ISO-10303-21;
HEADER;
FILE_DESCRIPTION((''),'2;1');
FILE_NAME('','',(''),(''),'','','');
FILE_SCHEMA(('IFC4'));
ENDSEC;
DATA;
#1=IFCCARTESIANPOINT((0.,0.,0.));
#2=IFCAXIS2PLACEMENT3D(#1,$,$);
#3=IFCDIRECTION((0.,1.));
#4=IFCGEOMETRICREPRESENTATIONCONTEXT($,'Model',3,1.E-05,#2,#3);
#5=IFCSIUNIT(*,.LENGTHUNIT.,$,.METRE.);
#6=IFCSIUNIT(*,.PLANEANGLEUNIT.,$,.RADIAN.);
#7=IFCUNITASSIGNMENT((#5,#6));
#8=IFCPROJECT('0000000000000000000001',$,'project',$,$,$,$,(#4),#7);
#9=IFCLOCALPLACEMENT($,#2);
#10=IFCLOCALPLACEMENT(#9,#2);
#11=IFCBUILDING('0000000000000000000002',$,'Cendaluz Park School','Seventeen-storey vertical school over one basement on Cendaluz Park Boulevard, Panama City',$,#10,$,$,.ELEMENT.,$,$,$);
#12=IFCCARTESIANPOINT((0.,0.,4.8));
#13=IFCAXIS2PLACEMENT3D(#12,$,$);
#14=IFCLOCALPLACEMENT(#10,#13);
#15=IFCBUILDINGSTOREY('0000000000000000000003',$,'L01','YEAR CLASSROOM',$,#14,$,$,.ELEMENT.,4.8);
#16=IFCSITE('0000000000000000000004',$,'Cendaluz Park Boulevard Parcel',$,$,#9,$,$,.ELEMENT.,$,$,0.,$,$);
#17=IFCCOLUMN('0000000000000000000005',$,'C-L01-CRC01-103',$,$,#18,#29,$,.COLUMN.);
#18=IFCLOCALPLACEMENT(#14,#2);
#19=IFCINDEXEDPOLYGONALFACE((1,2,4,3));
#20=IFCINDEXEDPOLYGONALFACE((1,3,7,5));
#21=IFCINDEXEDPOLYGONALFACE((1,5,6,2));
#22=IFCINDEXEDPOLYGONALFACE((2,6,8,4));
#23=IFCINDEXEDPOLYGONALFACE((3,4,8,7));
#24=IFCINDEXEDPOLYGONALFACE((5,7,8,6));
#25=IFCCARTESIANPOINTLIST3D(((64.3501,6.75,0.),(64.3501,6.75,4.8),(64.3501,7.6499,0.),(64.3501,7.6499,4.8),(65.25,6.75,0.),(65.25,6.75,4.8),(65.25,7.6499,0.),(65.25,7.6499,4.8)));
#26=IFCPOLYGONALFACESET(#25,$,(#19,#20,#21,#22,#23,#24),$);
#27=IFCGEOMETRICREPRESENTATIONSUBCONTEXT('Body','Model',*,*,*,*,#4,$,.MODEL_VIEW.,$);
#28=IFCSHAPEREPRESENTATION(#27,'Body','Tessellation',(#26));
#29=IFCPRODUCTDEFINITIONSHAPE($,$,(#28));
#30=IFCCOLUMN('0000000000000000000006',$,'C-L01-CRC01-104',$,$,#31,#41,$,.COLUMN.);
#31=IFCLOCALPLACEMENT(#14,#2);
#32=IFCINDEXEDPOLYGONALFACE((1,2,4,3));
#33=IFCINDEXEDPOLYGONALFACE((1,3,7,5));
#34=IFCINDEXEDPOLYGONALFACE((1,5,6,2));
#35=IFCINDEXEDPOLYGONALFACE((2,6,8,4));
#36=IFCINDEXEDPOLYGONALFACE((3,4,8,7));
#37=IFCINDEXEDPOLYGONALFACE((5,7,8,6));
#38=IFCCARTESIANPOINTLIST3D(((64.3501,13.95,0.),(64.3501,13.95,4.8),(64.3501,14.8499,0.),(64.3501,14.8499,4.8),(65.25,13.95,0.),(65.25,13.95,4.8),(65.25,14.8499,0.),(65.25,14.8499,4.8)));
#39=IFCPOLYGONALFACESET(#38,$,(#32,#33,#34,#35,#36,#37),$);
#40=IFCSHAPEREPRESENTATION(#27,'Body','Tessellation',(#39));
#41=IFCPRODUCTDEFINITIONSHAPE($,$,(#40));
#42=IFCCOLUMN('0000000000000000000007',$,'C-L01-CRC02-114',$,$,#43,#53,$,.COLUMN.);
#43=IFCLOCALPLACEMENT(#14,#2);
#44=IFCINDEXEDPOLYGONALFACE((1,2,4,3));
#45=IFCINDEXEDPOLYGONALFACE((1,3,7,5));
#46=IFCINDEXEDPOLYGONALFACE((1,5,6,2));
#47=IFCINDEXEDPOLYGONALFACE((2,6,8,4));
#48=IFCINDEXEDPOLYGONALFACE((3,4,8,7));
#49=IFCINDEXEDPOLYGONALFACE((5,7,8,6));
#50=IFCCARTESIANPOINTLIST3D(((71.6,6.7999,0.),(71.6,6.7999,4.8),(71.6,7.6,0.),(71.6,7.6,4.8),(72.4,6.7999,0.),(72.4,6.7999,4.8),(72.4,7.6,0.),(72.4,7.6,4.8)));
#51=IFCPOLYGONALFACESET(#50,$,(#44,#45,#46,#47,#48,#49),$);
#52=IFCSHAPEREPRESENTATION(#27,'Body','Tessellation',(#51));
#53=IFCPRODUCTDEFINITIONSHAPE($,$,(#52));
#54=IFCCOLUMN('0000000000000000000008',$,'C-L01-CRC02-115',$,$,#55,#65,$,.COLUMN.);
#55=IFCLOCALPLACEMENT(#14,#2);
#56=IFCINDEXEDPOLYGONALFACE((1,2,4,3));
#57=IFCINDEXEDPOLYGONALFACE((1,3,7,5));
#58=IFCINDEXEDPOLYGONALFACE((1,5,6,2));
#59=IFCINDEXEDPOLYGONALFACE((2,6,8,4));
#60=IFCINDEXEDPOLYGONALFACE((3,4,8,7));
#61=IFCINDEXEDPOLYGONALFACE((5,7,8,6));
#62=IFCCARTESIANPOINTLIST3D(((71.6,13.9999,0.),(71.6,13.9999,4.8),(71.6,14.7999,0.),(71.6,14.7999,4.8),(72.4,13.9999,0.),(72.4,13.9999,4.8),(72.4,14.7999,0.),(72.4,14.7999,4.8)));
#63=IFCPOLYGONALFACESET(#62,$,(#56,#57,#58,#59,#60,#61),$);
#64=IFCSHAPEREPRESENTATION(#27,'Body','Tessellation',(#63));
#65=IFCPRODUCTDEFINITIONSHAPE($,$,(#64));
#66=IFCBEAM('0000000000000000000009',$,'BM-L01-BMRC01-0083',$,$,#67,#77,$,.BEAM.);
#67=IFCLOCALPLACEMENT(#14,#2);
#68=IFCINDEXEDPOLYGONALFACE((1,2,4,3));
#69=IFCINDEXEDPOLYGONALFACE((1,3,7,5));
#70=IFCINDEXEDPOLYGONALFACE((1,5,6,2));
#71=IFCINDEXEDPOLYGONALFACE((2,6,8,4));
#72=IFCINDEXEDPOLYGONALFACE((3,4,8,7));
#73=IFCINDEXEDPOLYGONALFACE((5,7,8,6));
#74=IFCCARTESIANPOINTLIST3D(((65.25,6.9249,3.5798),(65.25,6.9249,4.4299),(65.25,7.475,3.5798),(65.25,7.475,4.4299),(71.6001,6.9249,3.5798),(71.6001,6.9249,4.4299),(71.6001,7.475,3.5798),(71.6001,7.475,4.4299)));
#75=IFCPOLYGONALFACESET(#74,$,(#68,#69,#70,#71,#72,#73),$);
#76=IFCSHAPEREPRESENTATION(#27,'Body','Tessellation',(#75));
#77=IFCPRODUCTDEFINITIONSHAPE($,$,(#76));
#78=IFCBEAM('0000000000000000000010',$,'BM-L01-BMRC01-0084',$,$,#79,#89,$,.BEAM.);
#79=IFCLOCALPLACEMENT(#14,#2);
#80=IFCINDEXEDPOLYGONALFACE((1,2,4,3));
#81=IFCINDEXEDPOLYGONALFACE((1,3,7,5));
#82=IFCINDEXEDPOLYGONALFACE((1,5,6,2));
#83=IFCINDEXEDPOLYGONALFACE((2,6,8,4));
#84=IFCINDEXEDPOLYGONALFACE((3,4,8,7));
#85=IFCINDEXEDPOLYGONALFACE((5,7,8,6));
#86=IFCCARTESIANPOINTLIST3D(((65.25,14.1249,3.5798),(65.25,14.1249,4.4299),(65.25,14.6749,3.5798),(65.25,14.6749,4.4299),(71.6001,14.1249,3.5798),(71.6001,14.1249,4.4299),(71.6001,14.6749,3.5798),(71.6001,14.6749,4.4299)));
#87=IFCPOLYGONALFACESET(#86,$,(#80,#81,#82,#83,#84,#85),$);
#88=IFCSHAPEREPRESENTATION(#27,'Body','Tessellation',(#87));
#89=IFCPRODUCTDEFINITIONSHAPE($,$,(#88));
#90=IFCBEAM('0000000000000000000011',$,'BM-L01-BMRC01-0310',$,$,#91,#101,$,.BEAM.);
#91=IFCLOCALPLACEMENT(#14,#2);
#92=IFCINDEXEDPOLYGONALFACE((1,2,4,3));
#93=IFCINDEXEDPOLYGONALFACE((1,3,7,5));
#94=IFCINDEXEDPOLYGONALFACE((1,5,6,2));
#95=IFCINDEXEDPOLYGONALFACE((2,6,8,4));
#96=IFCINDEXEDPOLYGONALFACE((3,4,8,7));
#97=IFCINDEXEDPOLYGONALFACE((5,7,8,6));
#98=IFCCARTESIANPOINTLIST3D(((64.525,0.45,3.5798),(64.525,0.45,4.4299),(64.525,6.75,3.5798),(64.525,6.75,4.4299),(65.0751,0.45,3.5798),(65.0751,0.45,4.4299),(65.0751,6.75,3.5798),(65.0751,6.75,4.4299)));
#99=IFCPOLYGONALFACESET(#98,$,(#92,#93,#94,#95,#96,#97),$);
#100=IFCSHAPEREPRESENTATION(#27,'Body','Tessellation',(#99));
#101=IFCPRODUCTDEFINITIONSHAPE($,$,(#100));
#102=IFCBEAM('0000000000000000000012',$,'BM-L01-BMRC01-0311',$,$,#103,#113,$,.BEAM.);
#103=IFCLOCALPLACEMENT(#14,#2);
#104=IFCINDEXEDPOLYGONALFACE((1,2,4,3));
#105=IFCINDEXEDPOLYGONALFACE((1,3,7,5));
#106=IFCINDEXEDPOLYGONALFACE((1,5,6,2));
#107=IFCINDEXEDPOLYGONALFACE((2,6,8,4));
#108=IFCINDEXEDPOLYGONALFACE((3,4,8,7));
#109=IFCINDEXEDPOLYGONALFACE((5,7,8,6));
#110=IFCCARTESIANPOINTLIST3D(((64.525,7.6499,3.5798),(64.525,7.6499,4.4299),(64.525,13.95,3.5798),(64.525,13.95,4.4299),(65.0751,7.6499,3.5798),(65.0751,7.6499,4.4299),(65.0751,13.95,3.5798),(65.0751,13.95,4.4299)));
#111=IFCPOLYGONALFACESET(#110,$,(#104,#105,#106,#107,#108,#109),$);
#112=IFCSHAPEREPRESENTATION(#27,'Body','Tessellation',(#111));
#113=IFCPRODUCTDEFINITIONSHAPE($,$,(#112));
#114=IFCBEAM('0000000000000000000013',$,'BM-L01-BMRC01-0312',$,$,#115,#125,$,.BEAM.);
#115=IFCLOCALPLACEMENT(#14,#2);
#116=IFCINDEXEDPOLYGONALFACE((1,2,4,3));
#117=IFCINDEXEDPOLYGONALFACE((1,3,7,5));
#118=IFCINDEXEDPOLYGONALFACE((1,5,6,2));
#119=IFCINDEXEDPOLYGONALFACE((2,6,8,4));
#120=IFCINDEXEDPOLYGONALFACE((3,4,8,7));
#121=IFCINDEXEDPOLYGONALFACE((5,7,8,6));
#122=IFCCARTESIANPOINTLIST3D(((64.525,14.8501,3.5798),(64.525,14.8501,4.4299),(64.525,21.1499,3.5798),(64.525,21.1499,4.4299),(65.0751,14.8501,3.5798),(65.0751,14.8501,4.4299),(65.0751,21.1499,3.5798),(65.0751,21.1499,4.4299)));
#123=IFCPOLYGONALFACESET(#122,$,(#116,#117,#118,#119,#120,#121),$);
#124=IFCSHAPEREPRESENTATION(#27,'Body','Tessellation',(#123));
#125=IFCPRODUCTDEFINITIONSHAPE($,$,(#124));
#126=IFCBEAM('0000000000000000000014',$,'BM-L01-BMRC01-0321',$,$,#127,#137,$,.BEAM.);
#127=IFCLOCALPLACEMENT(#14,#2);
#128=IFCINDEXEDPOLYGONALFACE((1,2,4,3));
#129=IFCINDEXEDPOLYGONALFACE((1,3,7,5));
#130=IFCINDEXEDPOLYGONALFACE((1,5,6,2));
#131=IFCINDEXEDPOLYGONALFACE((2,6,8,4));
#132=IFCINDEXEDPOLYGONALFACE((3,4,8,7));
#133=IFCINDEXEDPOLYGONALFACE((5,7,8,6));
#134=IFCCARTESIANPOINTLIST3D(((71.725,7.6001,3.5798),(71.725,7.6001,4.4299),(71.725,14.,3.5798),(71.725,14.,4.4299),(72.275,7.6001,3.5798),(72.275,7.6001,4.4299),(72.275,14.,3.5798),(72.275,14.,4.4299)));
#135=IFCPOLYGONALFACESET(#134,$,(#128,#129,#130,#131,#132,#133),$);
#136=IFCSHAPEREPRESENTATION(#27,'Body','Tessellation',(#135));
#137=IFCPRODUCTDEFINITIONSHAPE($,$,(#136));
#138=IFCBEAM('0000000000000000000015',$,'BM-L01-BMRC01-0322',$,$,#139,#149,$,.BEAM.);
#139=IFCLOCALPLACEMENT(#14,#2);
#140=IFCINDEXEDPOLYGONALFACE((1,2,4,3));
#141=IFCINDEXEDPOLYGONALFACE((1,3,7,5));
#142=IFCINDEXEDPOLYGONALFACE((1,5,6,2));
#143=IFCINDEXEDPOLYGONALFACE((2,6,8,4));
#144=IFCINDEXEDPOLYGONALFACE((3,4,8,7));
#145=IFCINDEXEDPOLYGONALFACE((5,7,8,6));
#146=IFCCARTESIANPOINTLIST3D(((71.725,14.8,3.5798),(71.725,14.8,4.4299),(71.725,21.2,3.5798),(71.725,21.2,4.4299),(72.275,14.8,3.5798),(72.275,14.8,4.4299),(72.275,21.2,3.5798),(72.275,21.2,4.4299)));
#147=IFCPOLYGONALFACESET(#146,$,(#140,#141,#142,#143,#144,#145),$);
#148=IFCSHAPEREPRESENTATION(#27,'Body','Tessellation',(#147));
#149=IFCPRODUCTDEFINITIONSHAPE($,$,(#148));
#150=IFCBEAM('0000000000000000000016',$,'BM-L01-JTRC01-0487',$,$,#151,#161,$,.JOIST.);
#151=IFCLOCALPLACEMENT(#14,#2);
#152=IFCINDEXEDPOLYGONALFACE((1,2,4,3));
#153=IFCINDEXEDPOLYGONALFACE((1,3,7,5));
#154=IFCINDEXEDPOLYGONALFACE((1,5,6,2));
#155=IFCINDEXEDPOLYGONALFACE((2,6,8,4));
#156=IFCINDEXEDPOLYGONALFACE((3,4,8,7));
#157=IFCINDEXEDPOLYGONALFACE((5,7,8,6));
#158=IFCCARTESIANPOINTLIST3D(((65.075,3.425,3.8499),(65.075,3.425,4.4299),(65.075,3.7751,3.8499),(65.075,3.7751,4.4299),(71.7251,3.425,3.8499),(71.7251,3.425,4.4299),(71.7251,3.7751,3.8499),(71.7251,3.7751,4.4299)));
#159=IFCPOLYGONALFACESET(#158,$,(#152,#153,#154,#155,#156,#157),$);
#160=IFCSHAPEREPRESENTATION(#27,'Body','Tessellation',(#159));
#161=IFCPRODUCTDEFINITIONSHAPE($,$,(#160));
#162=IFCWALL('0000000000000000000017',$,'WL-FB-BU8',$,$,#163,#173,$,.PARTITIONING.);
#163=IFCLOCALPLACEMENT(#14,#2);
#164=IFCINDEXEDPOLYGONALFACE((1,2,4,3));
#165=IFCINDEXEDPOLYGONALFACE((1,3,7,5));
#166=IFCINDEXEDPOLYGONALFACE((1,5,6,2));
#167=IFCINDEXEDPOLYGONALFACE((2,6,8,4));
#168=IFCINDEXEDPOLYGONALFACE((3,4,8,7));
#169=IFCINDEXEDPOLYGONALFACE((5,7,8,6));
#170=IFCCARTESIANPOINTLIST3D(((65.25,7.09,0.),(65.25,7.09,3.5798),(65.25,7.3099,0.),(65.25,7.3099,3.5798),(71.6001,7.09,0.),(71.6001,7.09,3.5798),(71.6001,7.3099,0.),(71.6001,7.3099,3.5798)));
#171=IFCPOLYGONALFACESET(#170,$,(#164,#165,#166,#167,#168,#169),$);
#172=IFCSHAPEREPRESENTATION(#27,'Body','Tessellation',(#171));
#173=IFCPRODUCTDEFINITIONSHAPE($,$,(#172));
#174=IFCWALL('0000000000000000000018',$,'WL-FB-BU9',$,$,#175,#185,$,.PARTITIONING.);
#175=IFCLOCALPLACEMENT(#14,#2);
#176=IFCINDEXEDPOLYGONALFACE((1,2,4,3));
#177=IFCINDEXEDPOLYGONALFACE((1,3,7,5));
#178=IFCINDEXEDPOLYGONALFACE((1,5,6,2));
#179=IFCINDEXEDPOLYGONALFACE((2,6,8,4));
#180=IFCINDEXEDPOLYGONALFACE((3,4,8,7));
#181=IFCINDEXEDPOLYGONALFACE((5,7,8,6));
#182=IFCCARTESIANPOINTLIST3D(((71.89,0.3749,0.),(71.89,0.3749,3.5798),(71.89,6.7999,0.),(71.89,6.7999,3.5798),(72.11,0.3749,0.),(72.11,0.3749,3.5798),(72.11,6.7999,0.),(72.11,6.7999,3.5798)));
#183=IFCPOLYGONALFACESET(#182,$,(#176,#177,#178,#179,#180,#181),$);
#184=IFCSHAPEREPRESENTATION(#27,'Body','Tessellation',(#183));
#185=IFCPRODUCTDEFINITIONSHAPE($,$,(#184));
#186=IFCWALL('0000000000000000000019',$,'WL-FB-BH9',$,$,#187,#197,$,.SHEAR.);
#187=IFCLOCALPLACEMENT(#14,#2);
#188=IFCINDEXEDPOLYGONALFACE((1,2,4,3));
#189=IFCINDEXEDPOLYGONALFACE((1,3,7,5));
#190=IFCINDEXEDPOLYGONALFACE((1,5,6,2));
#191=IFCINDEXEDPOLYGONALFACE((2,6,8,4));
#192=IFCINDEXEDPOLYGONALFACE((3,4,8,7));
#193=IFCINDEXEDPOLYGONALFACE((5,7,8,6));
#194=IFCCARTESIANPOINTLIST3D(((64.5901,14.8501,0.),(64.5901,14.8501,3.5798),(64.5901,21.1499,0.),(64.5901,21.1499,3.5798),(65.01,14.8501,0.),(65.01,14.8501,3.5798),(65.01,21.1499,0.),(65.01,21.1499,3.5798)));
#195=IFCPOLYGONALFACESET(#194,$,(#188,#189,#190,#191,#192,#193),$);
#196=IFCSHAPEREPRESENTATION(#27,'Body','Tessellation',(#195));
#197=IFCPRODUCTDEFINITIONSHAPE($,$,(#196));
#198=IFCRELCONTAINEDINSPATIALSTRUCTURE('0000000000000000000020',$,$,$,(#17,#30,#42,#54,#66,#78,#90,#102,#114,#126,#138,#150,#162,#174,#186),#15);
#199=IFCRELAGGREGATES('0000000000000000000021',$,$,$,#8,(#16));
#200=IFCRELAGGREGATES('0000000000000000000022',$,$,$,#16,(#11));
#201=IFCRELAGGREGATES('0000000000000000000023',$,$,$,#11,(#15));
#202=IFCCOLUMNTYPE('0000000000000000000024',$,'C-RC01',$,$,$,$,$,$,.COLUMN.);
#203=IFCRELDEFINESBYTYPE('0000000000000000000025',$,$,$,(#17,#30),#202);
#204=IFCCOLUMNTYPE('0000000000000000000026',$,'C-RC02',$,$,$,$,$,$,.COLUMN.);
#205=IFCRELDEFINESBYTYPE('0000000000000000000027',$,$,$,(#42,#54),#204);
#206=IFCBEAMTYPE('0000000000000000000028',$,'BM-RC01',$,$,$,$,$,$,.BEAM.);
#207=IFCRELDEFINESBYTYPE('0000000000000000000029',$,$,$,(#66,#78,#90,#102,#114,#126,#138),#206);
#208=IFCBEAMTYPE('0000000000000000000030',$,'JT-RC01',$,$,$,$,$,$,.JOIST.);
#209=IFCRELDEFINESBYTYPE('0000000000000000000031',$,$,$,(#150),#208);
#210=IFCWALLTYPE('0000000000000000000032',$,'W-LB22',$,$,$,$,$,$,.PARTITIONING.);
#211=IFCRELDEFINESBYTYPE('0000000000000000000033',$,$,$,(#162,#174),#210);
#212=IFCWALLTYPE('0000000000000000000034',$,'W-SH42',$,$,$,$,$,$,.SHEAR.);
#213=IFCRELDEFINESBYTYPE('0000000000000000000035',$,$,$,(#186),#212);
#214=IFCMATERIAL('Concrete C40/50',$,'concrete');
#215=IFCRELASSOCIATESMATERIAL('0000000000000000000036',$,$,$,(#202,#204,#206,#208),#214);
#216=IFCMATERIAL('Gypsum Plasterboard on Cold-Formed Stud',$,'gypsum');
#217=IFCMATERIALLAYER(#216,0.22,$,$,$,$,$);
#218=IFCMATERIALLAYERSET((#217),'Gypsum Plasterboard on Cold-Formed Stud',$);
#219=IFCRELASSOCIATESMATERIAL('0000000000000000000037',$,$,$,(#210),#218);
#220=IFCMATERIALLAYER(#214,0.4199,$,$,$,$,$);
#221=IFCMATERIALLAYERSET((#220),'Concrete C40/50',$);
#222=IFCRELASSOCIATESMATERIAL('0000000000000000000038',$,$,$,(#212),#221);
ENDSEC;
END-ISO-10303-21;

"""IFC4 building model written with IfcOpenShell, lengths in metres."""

from ifc_helpers import new_model, si_unit, direction, frame, frame_2d, origin, origin_2d, place, context, subcontext, project, spatial, rectangle, extrude, material, layer, layer_set, material_profile, profile_set, type_object, element, save


model = new_model("IFC4")

# Units and contexts
model_context = context("Model", 3, precision=1e-05, world=origin(), true_north=direction((0.0, 1.0)))
body_context = subcontext(model_context, "Body", "Model", "MODEL_VIEW")
ifc_project = project(units=[si_unit("LENGTHUNIT", "METRE"), si_unit("PLANEANGLEUNIT", "RADIAN")], contexts=[model_context])

# Site, building, storey
site_placement = place(None, origin())
site = spatial("IfcSite", under=ifc_project, at=site_placement, Name="Cendaluz Park Boulevard Parcel", CompositionType="ELEMENT", RefElevation=0.0)
building_placement = place(site_placement, origin())
building = spatial("IfcBuilding", under=site, at=building_placement, Name="Cendaluz Park School", Description="Seventeen-storey vertical school over one basement on Cendaluz Park Boulevard, Panama City", CompositionType="ELEMENT")
storey_placement = place(building_placement, frame((0.0, 0.0, 4.8)))
storey = spatial("IfcBuildingStorey", under=building, at=storey_placement, Name="L01", Description="YEAR CLASSROOM", CompositionType="ELEMENT", Elevation=4.8)

# Columns
ifc_material_1 = material(Name="Concrete C40/50", Category="concrete")
ifc_material_profile_1 = material_profile(ifc_material_1, rectangle(XDim=0.8999, YDim=0.8999, at=origin_2d()), Name="RC 900x900", Category="concrete")
ifc_profile_set_1 = profile_set([ifc_material_profile_1], Name="Concrete C40/50")
column_type_1 = type_object("IfcColumnType", Name="C-RC01", PredefinedType="COLUMN", material=ifc_profile_set_1)
for number, where, z_axis, x_axis, name in (
    (1, (64.8, 7.2, 0.0), (0.0, 0.0, 1.0), (1.0, 0.0, 0.0), "C-L01-CRC01-103"),
    (2, (64.8, 14.3999, 0.0), (0.0, 0.0, 1.0), (1.0, 0.0, 0.0), "C-L01-CRC01-104"),
):
    element("IfcColumn", number, at=place(storey_placement, frame(where, z_axis=z_axis, x_axis=x_axis)), inside=storey, type_object=column_type_1, Name=name, PredefinedType="COLUMN", context=body_context, shape_type="SweptSolid", body=[
        extrude(rectangle(XDim=0.8999, YDim=0.8999, at=origin_2d()), origin(), (0.0, 0.0, 1.0), 4.8),
    ])
ifc_material_profile_2 = material_profile(ifc_material_1, rectangle(XDim=0.8, YDim=0.8, at=origin_2d()), Name="RC 800x800", Category="concrete")
ifc_profile_set_2 = profile_set([ifc_material_profile_2], Name="Concrete C40/50")
column_type_2 = type_object("IfcColumnType", Name="C-RC02", PredefinedType="COLUMN", material=ifc_profile_set_2)
for number, where, z_axis, x_axis, name in (
    (3, (72.0, 7.2, 0.0), (0.0, 0.0, 1.0), (1.0, 0.0, 0.0), "C-L01-CRC02-114"),
    (4, (72.0, 14.3999, 0.0), (0.0, 0.0, 1.0), (1.0, 0.0, 0.0), "C-L01-CRC02-115"),
):
    element("IfcColumn", number, at=place(storey_placement, frame(where, z_axis=z_axis, x_axis=x_axis)), inside=storey, type_object=column_type_2, Name=name, PredefinedType="COLUMN", context=body_context, shape_type="SweptSolid", body=[
        extrude(rectangle(XDim=0.8, YDim=0.8, at=origin_2d()), origin(), (0.0, 0.0, 1.0), 4.8),
    ])

# Beams
ifc_material_profile_3 = material_profile(ifc_material_1, rectangle(XDim=0.55, YDim=0.8501, at=origin_2d()), Name="RC 550x850", Category="concrete")
ifc_profile_set_3 = profile_set([ifc_material_profile_3], Name="Concrete C40/50")
beam_type_1 = type_object("IfcBeamType", Name="BM-RC01", PredefinedType="BEAM", material=ifc_profile_set_3)
for number, where, z_axis, x_axis, name in (
    (5, (65.25, 7.2, 4.0049), (1.0, 0.0, 0.0), (0.0, 1.0, 0.0), "BM-L01-BMRC01-0083"),
    (6, (65.25, 14.3999, 4.0049), (1.0, 0.0, 0.0), (0.0, 1.0, 0.0), "BM-L01-BMRC01-0084"),
):
    element("IfcBeam", number, at=place(storey_placement, frame(where, z_axis=z_axis, x_axis=x_axis)), inside=storey, type_object=beam_type_1, Name=name, PredefinedType="BEAM", context=body_context, shape_type="SweptSolid", body=[
        extrude(rectangle(XDim=0.55, YDim=0.8501, at=origin_2d()), origin(), (0.0, 0.0, 1.0), 6.3501),
    ])
for number, where, z_axis, x_axis, name in (
    (7, (64.8, 0.45, 4.0049), (0.0, 1.0, 0.0), (-1.0, 0.0, 0.0), "BM-L01-BMRC01-0310"),
    (8, (64.8, 7.6499, 4.0049), (0.0, 1.0, 0.0), (-1.0, 0.0, 0.0), "BM-L01-BMRC01-0311"),
):
    element("IfcBeam", number, at=place(storey_placement, frame(where, z_axis=z_axis, x_axis=x_axis)), inside=storey, type_object=beam_type_1, Name=name, PredefinedType="BEAM", context=body_context, shape_type="SweptSolid", body=[
        extrude(rectangle(XDim=0.55, YDim=0.8501, at=origin_2d()), origin(), (0.0, 0.0, 1.0), 6.3),
    ])
beam_1_placement = place(storey_placement, frame((64.8, 14.8501, 4.0049), z_axis=(0.0, 1.0, 0.0), x_axis=(-1.0, 0.0, 0.0)))
element("IfcBeam", 9, at=beam_1_placement, inside=storey, type_object=beam_type_1, Name="BM-L01-BMRC01-0312", PredefinedType="BEAM", context=body_context, shape_type="SweptSolid", body=[
    extrude(rectangle(XDim=0.55, YDim=0.8501, at=origin_2d()), origin(), (0.0, 0.0, 1.0), 6.2998),
])
for number, where, z_axis, x_axis, name in (
    (10, (72.0, 7.6001, 4.0049), (0.0, 1.0, 0.0), (-1.0, 0.0, 0.0), "BM-L01-BMRC01-0321"),
    (11, (72.0, 14.8, 4.0049), (0.0, 1.0, 0.0), (-1.0, 0.0, 0.0), "BM-L01-BMRC01-0322"),
):
    element("IfcBeam", number, at=place(storey_placement, frame(where, z_axis=z_axis, x_axis=x_axis)), inside=storey, type_object=beam_type_1, Name=name, PredefinedType="BEAM", context=body_context, shape_type="SweptSolid", body=[
        extrude(rectangle(XDim=0.55, YDim=0.8501, at=origin_2d()), origin(), (0.0, 0.0, 1.0), 6.3999),
    ])
ifc_material_profile_4 = material_profile(ifc_material_1, rectangle(XDim=0.3501, YDim=0.5801, at=origin_2d()), Name="RC 350x580", Category="concrete")
ifc_profile_set_4 = profile_set([ifc_material_profile_4], Name="Concrete C40/50")
beam_type_2 = type_object("IfcBeamType", Name="JT-RC01", PredefinedType="JOIST", material=ifc_profile_set_4)
beam_2_placement = place(storey_placement, frame((65.075, 3.6001, 4.1399), z_axis=(1.0, 0.0, 0.0), x_axis=(0.0, 1.0, 0.0)))
element("IfcBeam", 12, at=beam_2_placement, inside=storey, type_object=beam_type_2, Name="BM-L01-JTRC01-0487", PredefinedType="JOIST", context=body_context, shape_type="SweptSolid", body=[
    extrude(rectangle(XDim=0.3501, YDim=0.5801, at=origin_2d()), origin(), (0.0, 0.0, 1.0), 6.6501),
])

# Walls
ifc_material_2 = material(Name="Gypsum Plasterboard on Cold-Formed Stud", Category="gypsum")
ifc_layer_1 = layer(ifc_material_2, 0.22)
ifc_layer_set_1 = layer_set([ifc_layer_1], Name="Gypsum Plasterboard on Cold-Formed Stud")
wall_type_1 = type_object("IfcWallType", Name="W-LB22", PredefinedType="PARTITIONING", material=ifc_layer_set_1)
wall_1_placement = place(storey_placement, frame((65.25, 7.2, 0.0), z_axis=(0.0, 0.0, 1.0), x_axis=(1.0, 0.0, 0.0)))
element("IfcWall", 13, at=wall_1_placement, inside=storey, type_object=wall_type_1, Name="WL-FB-BU8", PredefinedType="PARTITIONING", context=body_context, shape_type="SweptSolid", body=[
    extrude(rectangle(XDim=6.3501, YDim=0.22, at=frame_2d((3.175, 0.0))), origin(), (0.0, 0.0, 1.0), 3.5798),
])
wall_2_placement = place(storey_placement, frame((72.0, 0.375, 0.0), z_axis=(0.0, 0.0, 1.0), x_axis=(0.0, 1.0, 0.0)))
element("IfcWall", 14, at=wall_2_placement, inside=storey, type_object=wall_type_1, Name="WL-FB-BU9", PredefinedType="PARTITIONING", context=body_context, shape_type="SweptSolid", body=[
    extrude(rectangle(XDim=6.425, YDim=0.22, at=frame_2d((3.2124, 0.0))), origin(), (0.0, 0.0, 1.0), 3.5798),
])
ifc_layer_2 = layer(ifc_material_1, 0.4199)
ifc_layer_set_2 = layer_set([ifc_layer_2], Name="Concrete C40/50")
wall_type_2 = type_object("IfcWallType", Name="W-SH42", PredefinedType="SHEAR", material=ifc_layer_set_2)
wall_3_placement = place(storey_placement, frame((64.8, 14.8501, 0.0), z_axis=(0.0, 0.0, 1.0), x_axis=(0.0, 1.0, 0.0)))
element("IfcWall", 15, at=wall_3_placement, inside=storey, type_object=wall_type_2, Name="WL-FB-BH9", PredefinedType="SHEAR", context=body_context, shape_type="SweptSolid", body=[
    extrude(rectangle(XDim=6.2998, YDim=0.4199, at=frame_2d((3.1499, 0.0))), origin(), (0.0, 0.0, 1.0), 3.5798),
])

save(model, "model.ifc")
